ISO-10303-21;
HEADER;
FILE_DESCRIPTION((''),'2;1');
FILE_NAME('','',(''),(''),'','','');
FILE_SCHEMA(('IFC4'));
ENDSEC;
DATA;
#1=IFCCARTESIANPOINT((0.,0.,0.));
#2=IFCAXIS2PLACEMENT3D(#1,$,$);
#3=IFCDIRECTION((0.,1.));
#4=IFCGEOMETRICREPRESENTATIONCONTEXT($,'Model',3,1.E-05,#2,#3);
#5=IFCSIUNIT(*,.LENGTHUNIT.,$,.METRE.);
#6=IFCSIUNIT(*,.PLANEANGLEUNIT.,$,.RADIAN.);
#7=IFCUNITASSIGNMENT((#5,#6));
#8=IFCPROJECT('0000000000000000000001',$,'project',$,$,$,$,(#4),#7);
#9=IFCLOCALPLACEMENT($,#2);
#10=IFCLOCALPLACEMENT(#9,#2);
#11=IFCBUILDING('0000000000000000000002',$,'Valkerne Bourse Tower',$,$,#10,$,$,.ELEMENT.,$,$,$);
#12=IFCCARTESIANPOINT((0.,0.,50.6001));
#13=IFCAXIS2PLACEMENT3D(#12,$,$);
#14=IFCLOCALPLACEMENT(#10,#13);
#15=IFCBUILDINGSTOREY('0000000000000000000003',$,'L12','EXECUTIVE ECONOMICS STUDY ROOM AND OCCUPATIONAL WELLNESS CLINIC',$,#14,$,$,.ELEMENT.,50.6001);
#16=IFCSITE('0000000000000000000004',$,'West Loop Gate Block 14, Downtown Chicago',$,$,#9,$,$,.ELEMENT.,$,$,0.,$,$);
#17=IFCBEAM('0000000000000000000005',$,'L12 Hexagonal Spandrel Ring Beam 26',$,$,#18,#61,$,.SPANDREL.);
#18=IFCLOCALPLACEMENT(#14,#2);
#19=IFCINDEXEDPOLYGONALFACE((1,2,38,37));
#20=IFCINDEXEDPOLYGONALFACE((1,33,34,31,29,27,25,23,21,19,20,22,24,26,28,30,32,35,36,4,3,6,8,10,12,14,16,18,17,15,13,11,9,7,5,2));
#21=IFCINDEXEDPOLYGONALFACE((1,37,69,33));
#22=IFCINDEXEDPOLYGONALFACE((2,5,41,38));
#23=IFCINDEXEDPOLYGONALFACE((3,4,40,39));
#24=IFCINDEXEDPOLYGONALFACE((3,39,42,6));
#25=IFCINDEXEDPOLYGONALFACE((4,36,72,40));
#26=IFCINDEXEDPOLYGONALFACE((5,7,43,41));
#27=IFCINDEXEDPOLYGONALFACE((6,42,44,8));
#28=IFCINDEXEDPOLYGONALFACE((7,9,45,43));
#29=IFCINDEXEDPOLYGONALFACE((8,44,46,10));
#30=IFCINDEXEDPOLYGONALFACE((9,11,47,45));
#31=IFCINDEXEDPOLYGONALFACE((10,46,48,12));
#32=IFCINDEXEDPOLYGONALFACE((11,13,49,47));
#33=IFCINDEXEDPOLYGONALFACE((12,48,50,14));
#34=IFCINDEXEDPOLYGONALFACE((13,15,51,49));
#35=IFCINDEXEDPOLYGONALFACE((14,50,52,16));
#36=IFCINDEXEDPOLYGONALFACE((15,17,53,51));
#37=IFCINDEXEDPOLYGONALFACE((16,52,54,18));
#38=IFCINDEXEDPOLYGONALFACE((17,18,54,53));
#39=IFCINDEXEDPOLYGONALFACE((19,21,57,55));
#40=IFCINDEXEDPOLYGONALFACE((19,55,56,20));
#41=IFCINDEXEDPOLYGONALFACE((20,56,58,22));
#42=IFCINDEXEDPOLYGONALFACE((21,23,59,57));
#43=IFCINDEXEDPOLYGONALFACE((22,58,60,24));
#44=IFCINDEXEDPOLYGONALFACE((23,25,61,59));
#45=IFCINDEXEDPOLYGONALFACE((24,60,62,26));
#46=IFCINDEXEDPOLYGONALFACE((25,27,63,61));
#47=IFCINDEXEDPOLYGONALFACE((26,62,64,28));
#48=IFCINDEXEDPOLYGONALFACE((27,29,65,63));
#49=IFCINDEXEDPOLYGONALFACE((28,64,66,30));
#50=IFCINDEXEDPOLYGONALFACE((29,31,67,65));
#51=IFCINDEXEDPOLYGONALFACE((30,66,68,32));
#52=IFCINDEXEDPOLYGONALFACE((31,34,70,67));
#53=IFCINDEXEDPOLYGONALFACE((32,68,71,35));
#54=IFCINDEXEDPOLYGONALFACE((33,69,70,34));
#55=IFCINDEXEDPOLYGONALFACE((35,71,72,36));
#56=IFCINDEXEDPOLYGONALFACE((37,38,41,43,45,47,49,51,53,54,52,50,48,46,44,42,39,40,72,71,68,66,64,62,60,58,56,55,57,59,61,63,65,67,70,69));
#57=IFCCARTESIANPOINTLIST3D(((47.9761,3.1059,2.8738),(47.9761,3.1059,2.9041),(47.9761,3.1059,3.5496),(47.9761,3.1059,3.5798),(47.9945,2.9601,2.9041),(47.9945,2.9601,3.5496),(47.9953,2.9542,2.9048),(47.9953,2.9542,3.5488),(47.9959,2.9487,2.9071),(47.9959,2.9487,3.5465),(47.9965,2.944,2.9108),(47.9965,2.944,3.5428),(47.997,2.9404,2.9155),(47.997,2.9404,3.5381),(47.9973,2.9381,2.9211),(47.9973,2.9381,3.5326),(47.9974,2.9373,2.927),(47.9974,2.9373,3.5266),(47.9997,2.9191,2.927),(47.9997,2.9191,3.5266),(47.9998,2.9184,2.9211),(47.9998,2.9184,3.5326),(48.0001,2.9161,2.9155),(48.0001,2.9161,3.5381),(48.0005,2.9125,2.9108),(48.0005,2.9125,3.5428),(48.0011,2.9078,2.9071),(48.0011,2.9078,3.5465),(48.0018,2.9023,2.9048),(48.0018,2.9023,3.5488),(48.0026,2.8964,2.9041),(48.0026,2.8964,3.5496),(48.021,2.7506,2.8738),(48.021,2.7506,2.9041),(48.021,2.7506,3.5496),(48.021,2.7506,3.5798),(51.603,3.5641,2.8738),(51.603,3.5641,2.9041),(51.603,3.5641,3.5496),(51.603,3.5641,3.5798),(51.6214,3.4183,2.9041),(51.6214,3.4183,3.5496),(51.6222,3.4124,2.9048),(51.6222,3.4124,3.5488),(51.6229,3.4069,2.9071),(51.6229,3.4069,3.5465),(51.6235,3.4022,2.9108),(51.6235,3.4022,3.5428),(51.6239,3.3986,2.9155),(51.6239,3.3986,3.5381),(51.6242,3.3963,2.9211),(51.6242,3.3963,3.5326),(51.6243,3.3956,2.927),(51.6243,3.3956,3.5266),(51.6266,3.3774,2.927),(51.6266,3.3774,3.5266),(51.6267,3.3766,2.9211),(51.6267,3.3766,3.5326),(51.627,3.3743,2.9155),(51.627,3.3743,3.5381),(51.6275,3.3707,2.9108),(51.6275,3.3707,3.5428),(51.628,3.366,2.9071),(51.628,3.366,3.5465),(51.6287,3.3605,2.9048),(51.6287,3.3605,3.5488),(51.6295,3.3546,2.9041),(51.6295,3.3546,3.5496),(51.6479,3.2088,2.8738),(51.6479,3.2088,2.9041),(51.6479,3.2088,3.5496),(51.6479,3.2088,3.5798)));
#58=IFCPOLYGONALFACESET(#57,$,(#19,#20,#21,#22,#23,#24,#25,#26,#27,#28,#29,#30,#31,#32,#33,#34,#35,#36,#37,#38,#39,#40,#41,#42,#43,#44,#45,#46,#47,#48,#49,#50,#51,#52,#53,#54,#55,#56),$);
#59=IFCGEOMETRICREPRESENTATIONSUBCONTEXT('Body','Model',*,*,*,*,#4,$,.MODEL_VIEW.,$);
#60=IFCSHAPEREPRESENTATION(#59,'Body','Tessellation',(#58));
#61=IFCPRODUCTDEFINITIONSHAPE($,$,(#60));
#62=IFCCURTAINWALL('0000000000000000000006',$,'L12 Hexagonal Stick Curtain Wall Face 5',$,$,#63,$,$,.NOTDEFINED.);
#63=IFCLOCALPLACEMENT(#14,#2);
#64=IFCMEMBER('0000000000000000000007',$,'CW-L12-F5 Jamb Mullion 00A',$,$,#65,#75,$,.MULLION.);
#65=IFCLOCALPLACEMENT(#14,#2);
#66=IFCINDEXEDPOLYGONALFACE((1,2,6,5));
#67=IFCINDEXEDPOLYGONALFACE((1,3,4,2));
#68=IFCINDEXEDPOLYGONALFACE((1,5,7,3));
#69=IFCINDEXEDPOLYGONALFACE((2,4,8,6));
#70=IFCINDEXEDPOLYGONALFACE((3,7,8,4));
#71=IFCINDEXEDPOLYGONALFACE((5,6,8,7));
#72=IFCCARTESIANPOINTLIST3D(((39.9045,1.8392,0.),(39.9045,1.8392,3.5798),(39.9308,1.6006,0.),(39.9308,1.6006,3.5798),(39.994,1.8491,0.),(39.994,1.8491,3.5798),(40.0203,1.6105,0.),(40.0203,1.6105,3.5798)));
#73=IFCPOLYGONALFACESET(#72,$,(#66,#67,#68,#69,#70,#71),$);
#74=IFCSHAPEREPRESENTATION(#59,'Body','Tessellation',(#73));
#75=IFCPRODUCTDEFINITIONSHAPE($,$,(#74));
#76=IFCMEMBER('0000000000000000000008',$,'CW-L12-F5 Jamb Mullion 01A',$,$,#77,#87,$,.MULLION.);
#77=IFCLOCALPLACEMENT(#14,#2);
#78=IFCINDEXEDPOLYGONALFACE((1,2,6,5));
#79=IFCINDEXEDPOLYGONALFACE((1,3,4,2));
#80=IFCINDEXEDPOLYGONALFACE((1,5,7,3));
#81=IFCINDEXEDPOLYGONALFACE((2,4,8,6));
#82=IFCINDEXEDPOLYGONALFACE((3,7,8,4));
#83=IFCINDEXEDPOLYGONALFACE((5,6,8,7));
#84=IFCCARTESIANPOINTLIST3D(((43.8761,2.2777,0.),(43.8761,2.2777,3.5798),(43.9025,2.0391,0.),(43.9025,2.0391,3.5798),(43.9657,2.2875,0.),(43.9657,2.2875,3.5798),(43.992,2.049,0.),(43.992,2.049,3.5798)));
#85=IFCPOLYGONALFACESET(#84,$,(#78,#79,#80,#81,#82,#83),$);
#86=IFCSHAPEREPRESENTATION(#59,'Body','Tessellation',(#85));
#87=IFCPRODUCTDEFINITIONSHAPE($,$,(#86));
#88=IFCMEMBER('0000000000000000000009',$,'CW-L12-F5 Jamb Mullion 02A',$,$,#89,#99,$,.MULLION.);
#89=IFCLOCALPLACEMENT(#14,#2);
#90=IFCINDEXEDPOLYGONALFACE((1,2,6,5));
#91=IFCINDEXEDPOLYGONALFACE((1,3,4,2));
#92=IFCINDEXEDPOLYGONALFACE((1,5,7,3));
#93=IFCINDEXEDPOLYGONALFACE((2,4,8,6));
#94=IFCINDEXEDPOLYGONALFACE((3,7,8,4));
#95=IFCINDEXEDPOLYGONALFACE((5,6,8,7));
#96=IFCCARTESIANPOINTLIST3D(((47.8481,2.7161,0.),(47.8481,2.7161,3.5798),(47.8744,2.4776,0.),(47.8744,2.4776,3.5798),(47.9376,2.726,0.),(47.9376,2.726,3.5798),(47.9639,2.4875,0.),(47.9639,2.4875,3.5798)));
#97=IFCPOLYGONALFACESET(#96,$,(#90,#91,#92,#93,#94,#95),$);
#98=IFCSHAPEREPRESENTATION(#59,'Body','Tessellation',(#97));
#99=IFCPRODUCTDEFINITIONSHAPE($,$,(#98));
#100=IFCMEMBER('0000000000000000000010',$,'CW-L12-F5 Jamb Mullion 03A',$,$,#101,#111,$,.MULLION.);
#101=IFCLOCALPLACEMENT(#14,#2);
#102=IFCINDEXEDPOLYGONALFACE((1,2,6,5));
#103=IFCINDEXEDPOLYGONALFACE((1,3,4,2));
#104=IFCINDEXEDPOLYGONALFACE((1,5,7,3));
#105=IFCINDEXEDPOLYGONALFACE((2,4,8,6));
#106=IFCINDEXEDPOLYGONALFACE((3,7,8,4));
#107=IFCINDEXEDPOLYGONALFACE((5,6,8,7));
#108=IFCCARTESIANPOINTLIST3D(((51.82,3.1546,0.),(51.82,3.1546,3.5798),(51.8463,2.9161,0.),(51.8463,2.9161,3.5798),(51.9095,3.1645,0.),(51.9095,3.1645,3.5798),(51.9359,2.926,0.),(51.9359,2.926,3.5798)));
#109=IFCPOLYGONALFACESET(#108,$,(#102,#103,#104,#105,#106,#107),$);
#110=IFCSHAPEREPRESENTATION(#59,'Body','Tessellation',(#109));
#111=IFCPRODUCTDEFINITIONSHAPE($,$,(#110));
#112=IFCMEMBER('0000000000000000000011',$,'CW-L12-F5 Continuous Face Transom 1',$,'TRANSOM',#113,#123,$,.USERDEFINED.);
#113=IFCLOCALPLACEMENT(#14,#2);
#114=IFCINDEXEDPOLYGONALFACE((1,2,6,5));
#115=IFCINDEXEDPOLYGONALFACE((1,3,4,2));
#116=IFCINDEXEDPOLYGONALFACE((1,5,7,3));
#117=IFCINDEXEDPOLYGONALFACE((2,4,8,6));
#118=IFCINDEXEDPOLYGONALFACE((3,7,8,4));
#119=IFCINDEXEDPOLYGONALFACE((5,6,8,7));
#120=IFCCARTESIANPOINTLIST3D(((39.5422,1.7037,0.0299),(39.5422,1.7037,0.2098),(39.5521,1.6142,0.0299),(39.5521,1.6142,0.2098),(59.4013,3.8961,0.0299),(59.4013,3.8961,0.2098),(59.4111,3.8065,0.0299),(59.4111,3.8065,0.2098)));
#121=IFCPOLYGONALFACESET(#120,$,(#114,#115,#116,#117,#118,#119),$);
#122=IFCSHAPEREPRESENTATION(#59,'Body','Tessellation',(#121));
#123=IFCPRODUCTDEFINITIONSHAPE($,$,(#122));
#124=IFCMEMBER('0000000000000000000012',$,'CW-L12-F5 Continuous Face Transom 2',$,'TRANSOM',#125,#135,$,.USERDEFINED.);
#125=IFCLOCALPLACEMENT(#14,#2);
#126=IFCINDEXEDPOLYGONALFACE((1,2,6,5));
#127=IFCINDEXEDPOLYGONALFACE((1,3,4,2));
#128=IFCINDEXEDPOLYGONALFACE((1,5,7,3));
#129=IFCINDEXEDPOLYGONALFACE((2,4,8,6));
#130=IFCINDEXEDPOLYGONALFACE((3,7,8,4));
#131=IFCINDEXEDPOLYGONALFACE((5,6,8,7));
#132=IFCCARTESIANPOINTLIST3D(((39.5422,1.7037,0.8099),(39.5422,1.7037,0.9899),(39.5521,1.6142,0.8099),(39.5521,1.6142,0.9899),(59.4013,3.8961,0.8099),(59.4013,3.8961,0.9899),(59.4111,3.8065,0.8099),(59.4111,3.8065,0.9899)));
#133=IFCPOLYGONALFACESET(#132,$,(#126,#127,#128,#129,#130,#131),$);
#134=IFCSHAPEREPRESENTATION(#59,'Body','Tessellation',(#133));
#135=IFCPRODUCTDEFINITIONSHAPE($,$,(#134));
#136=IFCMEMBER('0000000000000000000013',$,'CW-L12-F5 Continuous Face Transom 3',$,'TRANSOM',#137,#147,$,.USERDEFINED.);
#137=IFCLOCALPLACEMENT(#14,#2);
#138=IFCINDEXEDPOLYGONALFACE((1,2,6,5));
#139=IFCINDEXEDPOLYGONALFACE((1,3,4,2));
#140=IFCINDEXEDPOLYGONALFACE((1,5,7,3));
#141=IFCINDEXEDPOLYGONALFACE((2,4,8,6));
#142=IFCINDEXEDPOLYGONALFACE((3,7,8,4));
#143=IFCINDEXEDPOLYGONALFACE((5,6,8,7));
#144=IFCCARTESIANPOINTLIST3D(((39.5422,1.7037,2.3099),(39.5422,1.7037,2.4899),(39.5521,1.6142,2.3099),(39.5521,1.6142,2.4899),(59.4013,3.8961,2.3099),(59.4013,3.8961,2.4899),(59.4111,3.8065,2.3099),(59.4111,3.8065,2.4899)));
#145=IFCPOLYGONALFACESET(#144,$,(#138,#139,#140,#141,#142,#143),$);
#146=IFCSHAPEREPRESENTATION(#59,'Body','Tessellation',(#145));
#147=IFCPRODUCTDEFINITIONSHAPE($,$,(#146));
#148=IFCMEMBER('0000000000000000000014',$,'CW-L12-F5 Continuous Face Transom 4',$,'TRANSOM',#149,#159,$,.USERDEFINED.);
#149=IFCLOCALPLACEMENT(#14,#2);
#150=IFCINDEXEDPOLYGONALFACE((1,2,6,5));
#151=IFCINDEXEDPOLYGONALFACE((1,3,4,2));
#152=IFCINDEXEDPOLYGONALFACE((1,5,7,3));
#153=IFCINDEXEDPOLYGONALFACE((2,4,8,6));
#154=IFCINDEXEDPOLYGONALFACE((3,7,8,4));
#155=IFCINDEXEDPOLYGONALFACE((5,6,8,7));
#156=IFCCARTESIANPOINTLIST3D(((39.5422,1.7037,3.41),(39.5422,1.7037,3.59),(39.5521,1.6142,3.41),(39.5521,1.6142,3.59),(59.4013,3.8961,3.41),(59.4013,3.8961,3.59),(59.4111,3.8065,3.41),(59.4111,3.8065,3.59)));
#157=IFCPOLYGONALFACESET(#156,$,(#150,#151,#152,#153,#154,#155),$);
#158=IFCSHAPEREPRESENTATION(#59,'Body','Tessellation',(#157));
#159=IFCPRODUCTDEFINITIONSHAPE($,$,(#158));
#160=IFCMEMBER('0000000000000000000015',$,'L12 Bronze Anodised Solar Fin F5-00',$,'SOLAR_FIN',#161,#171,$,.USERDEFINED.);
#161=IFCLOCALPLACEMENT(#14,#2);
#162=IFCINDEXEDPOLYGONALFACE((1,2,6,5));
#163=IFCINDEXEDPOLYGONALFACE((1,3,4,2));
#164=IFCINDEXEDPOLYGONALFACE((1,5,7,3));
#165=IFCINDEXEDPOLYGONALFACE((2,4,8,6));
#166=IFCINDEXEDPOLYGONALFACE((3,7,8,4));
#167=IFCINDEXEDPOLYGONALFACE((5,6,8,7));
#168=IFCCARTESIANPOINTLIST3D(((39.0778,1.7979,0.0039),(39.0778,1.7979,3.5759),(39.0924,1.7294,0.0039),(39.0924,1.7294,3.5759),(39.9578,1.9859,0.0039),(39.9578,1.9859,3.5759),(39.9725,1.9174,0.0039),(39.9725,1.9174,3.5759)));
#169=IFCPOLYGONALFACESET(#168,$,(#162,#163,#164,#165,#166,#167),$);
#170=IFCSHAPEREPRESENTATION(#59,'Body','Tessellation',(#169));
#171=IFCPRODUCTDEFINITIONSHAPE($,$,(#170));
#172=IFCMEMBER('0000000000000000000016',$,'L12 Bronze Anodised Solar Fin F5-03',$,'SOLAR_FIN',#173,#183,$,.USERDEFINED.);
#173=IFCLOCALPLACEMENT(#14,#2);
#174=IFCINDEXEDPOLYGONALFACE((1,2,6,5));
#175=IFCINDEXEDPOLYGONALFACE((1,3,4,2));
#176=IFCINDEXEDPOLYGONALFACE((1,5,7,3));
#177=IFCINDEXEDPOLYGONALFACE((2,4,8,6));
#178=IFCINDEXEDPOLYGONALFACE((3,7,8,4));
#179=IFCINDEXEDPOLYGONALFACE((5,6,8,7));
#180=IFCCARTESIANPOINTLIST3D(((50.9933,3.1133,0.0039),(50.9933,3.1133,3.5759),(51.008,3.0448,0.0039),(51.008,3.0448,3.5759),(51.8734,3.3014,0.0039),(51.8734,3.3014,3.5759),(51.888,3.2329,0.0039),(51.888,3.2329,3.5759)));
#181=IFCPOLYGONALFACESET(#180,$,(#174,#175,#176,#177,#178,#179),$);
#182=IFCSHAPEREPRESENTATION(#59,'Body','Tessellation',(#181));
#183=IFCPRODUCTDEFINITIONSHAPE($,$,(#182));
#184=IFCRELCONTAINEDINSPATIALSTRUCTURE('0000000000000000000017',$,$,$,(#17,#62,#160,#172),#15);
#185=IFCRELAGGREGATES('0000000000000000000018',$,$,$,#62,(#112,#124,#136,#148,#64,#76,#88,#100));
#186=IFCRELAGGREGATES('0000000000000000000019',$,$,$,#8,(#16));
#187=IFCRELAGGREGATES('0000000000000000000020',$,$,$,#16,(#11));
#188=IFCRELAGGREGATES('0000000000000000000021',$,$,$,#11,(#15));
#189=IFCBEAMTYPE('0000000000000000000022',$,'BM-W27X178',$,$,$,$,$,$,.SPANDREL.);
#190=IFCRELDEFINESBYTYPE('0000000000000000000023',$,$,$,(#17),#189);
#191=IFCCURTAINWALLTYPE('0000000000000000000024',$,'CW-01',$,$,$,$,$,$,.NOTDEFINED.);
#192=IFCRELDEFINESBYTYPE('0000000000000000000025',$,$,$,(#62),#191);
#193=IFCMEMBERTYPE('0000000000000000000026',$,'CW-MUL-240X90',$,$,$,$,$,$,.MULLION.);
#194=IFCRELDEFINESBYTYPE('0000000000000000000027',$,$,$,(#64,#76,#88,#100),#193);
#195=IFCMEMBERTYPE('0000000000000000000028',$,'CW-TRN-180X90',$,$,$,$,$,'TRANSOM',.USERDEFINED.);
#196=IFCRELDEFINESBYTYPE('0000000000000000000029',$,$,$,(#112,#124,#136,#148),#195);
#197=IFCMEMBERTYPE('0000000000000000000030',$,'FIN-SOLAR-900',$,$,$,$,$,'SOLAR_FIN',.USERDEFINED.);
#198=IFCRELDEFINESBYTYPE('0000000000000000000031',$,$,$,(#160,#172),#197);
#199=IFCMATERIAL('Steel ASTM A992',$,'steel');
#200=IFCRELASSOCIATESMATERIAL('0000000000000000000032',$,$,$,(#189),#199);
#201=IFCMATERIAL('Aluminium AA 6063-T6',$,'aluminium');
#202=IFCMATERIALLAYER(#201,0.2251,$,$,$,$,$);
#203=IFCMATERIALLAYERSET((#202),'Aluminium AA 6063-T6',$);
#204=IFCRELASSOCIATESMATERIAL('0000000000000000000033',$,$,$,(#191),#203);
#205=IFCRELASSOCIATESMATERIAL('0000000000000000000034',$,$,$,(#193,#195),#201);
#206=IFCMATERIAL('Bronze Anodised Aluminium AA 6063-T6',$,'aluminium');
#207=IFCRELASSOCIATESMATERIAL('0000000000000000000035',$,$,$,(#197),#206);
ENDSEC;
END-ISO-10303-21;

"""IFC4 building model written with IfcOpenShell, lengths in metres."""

from ifc_helpers import new_model, si_unit, direction, frame, origin, origin_2d, place, context, subcontext, project, spatial, rectangle, i_section, extrude, material, layer, layer_set, material_profile, profile_set, type_object, element, aggregate, save


model = new_model("IFC4")

# Units and contexts
model_context = context("Model", 3, precision=1e-05, world=origin(), true_north=direction((0.0, 1.0)))
body_context = subcontext(model_context, "Body", "Model", "MODEL_VIEW")
ifc_project = project(units=[si_unit("LENGTHUNIT", "METRE"), si_unit("PLANEANGLEUNIT", "RADIAN")], contexts=[model_context])

# Site, building, storey
site_placement = place(None, origin())
site = spatial("IfcSite", under=ifc_project, at=site_placement, Name="West Loop Gate Block 14, Downtown Chicago", CompositionType="ELEMENT", RefElevation=0.0)
building_placement = place(site_placement, origin())
building = spatial("IfcBuilding", under=site, at=building_placement, Name="Valkerne Bourse Tower", CompositionType="ELEMENT")
storey_placement = place(building_placement, frame((0.0, 0.0, 50.6001)))
storey = spatial("IfcBuildingStorey", under=building, at=storey_placement, Name="L12", Description="EXECUTIVE ECONOMICS STUDY ROOM AND OCCUPATIONAL WELLNESS CLINIC", CompositionType="ELEMENT", Elevation=50.6001)

# Beam
ifc_material_1 = material(Name="Steel ASTM A992", Category="steel")
ifc_material_profile_1 = material_profile(ifc_material_1, i_section(OverallWidth=0.3582, OverallDepth=0.7061, WebThickness=0.0183, FlangeThickness=0.0303, FilletRadius=0.0229, at=origin_2d()), Name="W27X178")
ifc_profile_set_1 = profile_set([ifc_material_profile_1], Name="Steel ASTM A992")
beam_type_1 = type_object("IfcBeamType", Name="BM-W27X178", PredefinedType="SPANDREL", material=ifc_profile_set_1)
beam_1_placement = place(storey_placement, frame((47.9985, 2.9282, 3.2268), z_axis=(0.992113, 0.12535, 0.0), x_axis=(-0.12535, 0.992113, 0.0)))
element("IfcBeam", 1, at=beam_1_placement, inside=storey, type_object=beam_type_1, Name="L12 Hexagonal Spandrel Ring Beam 26", PredefinedType="SPANDREL", context=body_context, shape_type="SweptSolid", body=[
    extrude(i_section(OverallWidth=0.3582, OverallDepth=0.7061, WebThickness=0.0183, FlangeThickness=0.0303, FilletRadius=0.0229, at=origin_2d()), origin(), (0.0, 0.0, 1.0), 3.6558),
])

# Curtain wall, members
ifc_material_2 = material(Name="Aluminium AA 6063-T6", Category="aluminium")
ifc_layer_1 = layer(ifc_material_2, 0.2251)
ifc_layer_set_1 = layer_set([ifc_layer_1], Name="Aluminium AA 6063-T6")
curtain_wall_type = type_object("IfcCurtainWallType", Name="CW-01", PredefinedType="NOTDEFINED", material=ifc_layer_set_1)
curtain_wall_placement = place(storey_placement, origin())
curtain_wall = element("IfcCurtainWall", 2, at=curtain_wall_placement, inside=storey, type_object=curtain_wall_type, Name="L12 Hexagonal Stick Curtain Wall Face 5", PredefinedType="NOTDEFINED")
ifc_material_profile_2 = material_profile(ifc_material_2, rectangle(XDim=0.0901, YDim=0.24, at=origin_2d()), Name="CWM-90X240")
ifc_profile_set_2 = profile_set([ifc_material_profile_2], Name="Aluminium AA 6063-T6")
member_type_1 = type_object("IfcMemberType", Name="CW-MUL-240X90", PredefinedType="MULLION", material=ifc_profile_set_2)
member_1_placement = place(storey_placement, frame((39.9624, 1.7249, 0.0), z_axis=(0.0, 0.0, 1.0), x_axis=(0.993961, 0.109734, 0.0)))
member_1 = element("IfcMember", 3, at=member_1_placement, type_object=member_type_1, Name="CW-L12-F5 Jamb Mullion 00A", PredefinedType="MULLION", context=body_context, shape_type="SweptSolid", body=[
    extrude(rectangle(XDim=0.0901, YDim=0.24, at=origin_2d()), origin(), (0.0, 0.0, 1.0), 3.5798),
])
member_2_placement = place(storey_placement, frame((43.9341, 2.1633, 0.0), z_axis=(0.0, 0.0, 1.0), x_axis=(0.993961, 0.109737, 0.0)))
member_2 = element("IfcMember", 4, at=member_2_placement, type_object=member_type_1, Name="CW-L12-F5 Jamb Mullion 01A", PredefinedType="MULLION", context=body_context, shape_type="SweptSolid", body=[
    extrude(rectangle(XDim=0.0901, YDim=0.24, at=origin_2d()), origin(), (0.0, 0.0, 1.0), 3.5798),
])
member_3_placement = place(storey_placement, frame((47.906, 2.6018, 0.0), z_axis=(0.0, 0.0, 1.0), x_axis=(0.993961, 0.109734, 0.0)))
member_3 = element("IfcMember", 5, at=member_3_placement, type_object=member_type_1, Name="CW-L12-F5 Jamb Mullion 02A", PredefinedType="MULLION", context=body_context, shape_type="SweptSolid", body=[
    extrude(rectangle(XDim=0.0901, YDim=0.24, at=origin_2d()), origin(), (0.0, 0.0, 1.0), 3.5798),
])
member_4_placement = place(storey_placement, frame((51.8779, 3.0403, 0.0), z_axis=(0.0, 0.0, 1.0), x_axis=(0.993961, 0.109734, 0.0)))
member_4 = element("IfcMember", 6, at=member_4_placement, type_object=member_type_1, Name="CW-L12-F5 Jamb Mullion 03A", PredefinedType="MULLION", context=body_context, shape_type="SweptSolid", body=[
    extrude(rectangle(XDim=0.0901, YDim=0.24, at=origin_2d()), origin(), (0.0, 0.0, 1.0), 3.5798),
])
ifc_material_profile_3 = material_profile(ifc_material_2, rectangle(XDim=0.0901, YDim=0.1799, at=origin_2d()), Name="CWT-90X180")
ifc_profile_set_3 = profile_set([ifc_material_profile_3], Name="Aluminium AA 6063-T6")
member_type_2 = type_object("IfcMemberType", Name="CW-TRN-180X90", ElementType="TRANSOM", PredefinedType="USERDEFINED", material=ifc_profile_set_3)
member_5_placement = place(storey_placement, frame((39.5471, 1.6589, 0.1199), z_axis=(0.993961, 0.10973, 0.0), x_axis=(-0.10973, 0.993961, 0.0)))
member_5 = element("IfcMember", 7, at=member_5_placement, type_object=member_type_2, Name="CW-L12-F5 Continuous Face Transom 1", ObjectType="TRANSOM", PredefinedType="USERDEFINED", context=body_context, shape_type="SweptSolid", body=[
    extrude(rectangle(XDim=0.0901, YDim=0.1799, at=origin_2d()), origin(), (0.0, 0.0, 1.0), 19.9797),
])
member_6_placement = place(storey_placement, frame((39.5471, 1.6589, 0.8999), z_axis=(0.993961, 0.10973, 0.0), x_axis=(-0.10973, 0.993961, 0.0)))
member_6 = element("IfcMember", 8, at=member_6_placement, type_object=member_type_2, Name="CW-L12-F5 Continuous Face Transom 2", ObjectType="TRANSOM", PredefinedType="USERDEFINED", context=body_context, shape_type="SweptSolid", body=[
    extrude(rectangle(XDim=0.0901, YDim=0.1799, at=origin_2d()), origin(), (0.0, 0.0, 1.0), 19.9797),
])
member_7_placement = place(storey_placement, frame((39.5471, 1.6589, 2.3999), z_axis=(0.993961, 0.10973, 0.0), x_axis=(-0.10973, 0.993961, 0.0)))
member_7 = element("IfcMember", 9, at=member_7_placement, type_object=member_type_2, Name="CW-L12-F5 Continuous Face Transom 3", ObjectType="TRANSOM", PredefinedType="USERDEFINED", context=body_context, shape_type="SweptSolid", body=[
    extrude(rectangle(XDim=0.0901, YDim=0.1799, at=origin_2d()), origin(), (0.0, 0.0, 1.0), 19.9797),
])
member_8_placement = place(storey_placement, frame((39.5471, 1.6589, 3.5), z_axis=(0.993961, 0.10973, 0.0), x_axis=(-0.10973, 0.993961, 0.0)))
member_8 = element("IfcMember", 10, at=member_8_placement, type_object=member_type_2, Name="CW-L12-F5 Continuous Face Transom 4", ObjectType="TRANSOM", PredefinedType="USERDEFINED", context=body_context, shape_type="SweptSolid", body=[
    extrude(rectangle(XDim=0.0901, YDim=0.1799, at=origin_2d()), origin(), (0.0, 0.0, 1.0), 19.9797),
])

# Members
ifc_material_3 = material(Name="Bronze Anodised Aluminium AA 6063-T6", Category="aluminium")
ifc_material_profile_4 = material_profile(ifc_material_3, rectangle(XDim=0.0701, YDim=0.8999, at=origin_2d()), Name="FIN-70X900")
ifc_profile_set_4 = profile_set([ifc_material_profile_4], Name="Bronze Anodised Aluminium AA 6063-T6")
member_type_3 = type_object("IfcMemberType", Name="FIN-SOLAR-900", ElementType="SOLAR_FIN", PredefinedType="USERDEFINED", material=ifc_profile_set_4)
for number, where, z_axis, x_axis, name in (
    (11, (39.5251, 1.8577, 0.0039), (0.0, 0.0, 1.0), (0.208956, -0.977925, 0.0), "L12 Bronze Anodised Solar Fin F5-00"),
    (12, (51.4407, 3.1731, 0.0039), (0.0, 0.0, 1.0), (0.208956, -0.977925, 0.0), "L12 Bronze Anodised Solar Fin F5-03"),
):
    element("IfcMember", number, at=place(storey_placement, frame(where, z_axis=z_axis, x_axis=x_axis)), inside=storey, type_object=member_type_3, Name=name, ObjectType="SOLAR_FIN", PredefinedType="USERDEFINED", context=body_context, shape_type="SweptSolid", body=[
        extrude(rectangle(XDim=0.0701, YDim=0.8999, at=origin_2d()), origin(), (0.0, 0.0, 1.0), 3.572),
    ])

aggregate(curtain_wall, [member_5, member_6, member_7, member_8, member_1, member_2, member_3, member_4])

save(model, "model.ifc")
